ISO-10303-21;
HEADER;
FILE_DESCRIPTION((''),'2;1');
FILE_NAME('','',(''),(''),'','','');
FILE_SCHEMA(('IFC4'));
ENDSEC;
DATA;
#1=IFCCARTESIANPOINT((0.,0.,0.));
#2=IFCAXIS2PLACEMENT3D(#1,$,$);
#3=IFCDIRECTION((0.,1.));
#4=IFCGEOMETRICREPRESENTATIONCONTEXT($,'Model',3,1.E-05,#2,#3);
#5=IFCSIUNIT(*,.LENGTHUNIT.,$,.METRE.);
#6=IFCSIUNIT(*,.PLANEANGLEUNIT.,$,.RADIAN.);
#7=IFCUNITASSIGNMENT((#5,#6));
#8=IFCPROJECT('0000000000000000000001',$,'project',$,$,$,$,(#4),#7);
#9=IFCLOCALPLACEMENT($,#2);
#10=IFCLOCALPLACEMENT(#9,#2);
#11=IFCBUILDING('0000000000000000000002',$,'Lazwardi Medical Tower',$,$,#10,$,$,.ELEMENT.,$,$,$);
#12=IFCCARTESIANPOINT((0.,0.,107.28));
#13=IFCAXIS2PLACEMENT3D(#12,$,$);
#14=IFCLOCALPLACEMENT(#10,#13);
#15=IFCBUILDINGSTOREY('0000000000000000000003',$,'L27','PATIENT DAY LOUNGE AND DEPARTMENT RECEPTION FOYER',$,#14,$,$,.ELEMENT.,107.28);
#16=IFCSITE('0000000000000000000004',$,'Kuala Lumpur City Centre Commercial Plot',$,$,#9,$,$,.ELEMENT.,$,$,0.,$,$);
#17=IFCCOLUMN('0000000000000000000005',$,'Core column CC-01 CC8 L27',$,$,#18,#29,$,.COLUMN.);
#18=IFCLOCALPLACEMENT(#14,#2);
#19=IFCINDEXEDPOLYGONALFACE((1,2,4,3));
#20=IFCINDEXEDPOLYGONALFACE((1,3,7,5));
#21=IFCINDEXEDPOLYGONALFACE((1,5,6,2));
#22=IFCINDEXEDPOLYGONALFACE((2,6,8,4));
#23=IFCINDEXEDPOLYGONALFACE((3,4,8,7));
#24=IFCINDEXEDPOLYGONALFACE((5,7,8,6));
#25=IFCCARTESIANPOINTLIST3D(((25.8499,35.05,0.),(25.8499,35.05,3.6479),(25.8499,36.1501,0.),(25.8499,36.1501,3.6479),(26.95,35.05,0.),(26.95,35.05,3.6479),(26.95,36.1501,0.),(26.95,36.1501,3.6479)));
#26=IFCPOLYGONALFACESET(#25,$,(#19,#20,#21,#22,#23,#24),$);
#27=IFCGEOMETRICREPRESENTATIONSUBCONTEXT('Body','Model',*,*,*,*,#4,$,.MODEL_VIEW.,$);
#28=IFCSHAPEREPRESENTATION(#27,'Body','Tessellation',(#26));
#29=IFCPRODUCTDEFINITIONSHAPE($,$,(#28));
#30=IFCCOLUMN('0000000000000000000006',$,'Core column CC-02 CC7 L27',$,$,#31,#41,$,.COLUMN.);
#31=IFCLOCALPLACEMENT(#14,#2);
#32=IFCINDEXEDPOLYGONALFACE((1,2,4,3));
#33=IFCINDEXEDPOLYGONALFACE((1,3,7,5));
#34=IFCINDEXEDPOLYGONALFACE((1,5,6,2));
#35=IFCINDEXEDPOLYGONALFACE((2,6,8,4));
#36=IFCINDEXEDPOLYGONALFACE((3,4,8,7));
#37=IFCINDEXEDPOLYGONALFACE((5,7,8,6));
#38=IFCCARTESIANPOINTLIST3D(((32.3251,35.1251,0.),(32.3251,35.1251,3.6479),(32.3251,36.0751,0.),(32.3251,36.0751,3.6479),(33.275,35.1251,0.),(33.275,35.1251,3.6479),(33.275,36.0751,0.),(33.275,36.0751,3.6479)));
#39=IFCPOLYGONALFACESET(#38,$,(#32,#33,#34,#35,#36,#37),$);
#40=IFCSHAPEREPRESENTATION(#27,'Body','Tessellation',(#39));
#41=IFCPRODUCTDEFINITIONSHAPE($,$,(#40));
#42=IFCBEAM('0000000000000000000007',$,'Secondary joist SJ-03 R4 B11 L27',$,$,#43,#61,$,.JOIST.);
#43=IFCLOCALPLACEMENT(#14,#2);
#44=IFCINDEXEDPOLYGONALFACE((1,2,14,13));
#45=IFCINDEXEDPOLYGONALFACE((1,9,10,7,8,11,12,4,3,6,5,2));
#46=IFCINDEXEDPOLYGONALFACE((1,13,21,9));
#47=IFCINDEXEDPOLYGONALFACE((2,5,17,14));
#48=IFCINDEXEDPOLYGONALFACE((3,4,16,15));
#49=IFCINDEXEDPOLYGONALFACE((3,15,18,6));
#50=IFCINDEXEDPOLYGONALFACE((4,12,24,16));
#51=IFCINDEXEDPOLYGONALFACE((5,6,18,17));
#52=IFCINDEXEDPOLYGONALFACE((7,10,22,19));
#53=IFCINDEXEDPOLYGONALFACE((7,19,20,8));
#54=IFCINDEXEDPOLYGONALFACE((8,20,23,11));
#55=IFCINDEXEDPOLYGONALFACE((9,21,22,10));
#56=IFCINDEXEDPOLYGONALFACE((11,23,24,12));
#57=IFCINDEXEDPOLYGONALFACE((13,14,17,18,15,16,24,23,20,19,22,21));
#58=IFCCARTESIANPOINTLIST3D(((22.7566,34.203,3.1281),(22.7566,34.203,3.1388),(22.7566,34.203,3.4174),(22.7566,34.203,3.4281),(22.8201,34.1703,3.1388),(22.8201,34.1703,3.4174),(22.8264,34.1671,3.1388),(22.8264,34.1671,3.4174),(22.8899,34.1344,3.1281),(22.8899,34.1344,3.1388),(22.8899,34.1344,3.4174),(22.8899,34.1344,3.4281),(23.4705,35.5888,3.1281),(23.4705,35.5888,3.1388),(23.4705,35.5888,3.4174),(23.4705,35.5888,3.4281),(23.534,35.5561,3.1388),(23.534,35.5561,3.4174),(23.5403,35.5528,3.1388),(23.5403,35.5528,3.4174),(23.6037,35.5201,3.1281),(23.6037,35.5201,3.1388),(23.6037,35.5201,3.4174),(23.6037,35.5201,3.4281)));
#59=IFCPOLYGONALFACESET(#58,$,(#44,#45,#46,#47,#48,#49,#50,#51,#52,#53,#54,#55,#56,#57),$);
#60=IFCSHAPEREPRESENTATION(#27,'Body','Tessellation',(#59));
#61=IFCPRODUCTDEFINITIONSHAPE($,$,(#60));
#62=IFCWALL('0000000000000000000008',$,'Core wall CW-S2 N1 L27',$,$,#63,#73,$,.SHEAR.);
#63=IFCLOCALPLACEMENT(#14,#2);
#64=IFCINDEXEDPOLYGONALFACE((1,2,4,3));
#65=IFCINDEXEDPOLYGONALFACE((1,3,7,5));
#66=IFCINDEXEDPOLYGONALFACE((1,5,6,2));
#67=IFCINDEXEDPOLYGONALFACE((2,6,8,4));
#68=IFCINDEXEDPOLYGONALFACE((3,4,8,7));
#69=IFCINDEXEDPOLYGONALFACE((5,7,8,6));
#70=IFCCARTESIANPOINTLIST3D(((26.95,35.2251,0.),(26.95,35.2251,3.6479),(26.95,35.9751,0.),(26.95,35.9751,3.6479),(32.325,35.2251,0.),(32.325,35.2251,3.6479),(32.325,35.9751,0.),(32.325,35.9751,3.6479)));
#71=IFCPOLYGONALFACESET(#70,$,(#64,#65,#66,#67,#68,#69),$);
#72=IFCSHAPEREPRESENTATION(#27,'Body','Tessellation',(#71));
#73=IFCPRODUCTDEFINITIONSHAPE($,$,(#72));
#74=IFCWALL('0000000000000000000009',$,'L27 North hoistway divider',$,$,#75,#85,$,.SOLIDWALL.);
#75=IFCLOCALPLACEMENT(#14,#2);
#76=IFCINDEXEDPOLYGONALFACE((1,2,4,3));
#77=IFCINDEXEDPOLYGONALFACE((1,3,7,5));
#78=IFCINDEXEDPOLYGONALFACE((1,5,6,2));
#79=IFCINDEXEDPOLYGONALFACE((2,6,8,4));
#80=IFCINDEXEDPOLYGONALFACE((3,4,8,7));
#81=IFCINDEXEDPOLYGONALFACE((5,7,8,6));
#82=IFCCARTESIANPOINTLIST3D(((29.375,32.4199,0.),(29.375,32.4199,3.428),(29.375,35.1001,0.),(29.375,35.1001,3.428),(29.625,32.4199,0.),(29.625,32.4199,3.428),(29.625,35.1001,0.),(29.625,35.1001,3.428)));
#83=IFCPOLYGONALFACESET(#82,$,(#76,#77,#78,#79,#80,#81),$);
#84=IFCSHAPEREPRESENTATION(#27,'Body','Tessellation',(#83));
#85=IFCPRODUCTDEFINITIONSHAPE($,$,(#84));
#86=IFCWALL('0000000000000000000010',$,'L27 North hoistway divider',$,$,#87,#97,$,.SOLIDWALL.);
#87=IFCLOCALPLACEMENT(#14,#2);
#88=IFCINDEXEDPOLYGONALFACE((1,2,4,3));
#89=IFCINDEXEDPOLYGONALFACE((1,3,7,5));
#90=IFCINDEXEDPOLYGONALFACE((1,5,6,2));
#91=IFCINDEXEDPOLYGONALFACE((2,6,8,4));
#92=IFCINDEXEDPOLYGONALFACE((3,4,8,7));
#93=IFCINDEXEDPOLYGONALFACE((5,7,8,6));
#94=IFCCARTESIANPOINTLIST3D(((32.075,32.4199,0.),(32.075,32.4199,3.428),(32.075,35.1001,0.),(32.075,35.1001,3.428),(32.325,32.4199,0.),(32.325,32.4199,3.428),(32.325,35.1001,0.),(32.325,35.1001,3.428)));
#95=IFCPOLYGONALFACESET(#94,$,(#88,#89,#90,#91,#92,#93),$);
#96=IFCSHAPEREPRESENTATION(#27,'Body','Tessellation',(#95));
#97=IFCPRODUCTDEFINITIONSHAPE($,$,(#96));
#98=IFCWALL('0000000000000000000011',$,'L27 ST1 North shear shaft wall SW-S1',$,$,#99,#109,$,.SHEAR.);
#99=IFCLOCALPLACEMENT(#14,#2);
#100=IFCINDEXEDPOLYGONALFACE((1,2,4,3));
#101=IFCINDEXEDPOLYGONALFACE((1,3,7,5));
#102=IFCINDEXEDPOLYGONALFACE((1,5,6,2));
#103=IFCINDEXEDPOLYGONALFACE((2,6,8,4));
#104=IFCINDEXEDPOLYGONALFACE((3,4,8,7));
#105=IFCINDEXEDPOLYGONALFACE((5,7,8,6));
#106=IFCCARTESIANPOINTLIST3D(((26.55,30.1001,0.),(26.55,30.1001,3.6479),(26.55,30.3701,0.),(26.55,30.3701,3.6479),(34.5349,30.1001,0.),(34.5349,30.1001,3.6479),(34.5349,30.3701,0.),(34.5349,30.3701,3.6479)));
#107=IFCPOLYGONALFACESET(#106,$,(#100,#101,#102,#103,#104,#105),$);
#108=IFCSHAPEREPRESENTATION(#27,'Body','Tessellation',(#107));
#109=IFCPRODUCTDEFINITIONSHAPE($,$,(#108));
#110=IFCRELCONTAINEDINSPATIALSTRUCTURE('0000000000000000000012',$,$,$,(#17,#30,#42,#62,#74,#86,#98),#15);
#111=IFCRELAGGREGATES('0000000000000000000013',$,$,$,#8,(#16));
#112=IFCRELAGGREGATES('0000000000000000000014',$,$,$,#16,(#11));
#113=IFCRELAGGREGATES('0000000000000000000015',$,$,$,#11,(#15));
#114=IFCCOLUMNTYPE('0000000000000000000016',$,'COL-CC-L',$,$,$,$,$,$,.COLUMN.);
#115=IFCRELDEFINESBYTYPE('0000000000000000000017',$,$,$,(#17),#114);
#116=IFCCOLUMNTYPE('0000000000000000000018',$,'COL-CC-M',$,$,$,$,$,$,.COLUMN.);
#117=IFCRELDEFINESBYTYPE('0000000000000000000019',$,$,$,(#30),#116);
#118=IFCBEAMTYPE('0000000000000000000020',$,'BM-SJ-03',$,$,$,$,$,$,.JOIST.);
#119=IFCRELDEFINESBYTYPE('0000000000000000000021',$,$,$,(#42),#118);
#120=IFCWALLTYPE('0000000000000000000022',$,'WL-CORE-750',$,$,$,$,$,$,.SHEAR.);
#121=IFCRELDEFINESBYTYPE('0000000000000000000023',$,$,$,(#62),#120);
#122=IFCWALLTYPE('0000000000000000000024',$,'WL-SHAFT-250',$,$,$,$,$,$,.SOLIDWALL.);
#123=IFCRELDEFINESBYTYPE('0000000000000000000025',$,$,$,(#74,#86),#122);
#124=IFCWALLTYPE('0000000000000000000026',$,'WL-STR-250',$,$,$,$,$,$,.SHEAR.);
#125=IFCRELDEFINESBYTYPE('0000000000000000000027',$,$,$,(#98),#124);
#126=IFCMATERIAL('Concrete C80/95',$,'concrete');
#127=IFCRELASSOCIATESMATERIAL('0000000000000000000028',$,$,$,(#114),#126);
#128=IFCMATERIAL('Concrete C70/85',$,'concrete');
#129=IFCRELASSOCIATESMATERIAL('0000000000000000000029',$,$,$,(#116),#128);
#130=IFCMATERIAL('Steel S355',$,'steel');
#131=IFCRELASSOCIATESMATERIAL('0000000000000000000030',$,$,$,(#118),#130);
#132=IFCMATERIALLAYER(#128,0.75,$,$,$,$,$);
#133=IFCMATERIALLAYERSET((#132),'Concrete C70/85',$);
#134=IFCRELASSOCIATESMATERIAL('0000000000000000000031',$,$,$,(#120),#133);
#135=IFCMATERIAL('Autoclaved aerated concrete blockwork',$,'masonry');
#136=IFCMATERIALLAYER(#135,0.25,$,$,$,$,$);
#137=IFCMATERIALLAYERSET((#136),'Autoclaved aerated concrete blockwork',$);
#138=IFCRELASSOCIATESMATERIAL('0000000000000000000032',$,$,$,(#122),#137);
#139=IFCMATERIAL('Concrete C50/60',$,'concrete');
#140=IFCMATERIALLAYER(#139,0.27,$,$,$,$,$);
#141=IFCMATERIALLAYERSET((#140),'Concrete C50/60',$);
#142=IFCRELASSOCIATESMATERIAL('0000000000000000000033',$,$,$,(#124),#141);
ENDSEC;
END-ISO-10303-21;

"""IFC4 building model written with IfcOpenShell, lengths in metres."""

from ifc_helpers import new_model, si_unit, direction, frame, frame_2d, origin, origin_2d, place, context, subcontext, project, spatial, rectangle, i_section, extrude, material, layer, layer_set, material_profile, profile_set, type_object, element, save


model = new_model("IFC4")

# Units and contexts
model_context = context("Model", 3, precision=1e-05, world=origin(), true_north=direction((0.0, 1.0)))
body_context = subcontext(model_context, "Body", "Model", "MODEL_VIEW")
ifc_project = project(units=[si_unit("LENGTHUNIT", "METRE"), si_unit("PLANEANGLEUNIT", "RADIAN")], contexts=[model_context])

# Site, building, storey
site_placement = place(None, origin())
site = spatial("IfcSite", under=ifc_project, at=site_placement, Name="Kuala Lumpur City Centre Commercial Plot", CompositionType="ELEMENT", RefElevation=0.0)
building_placement = place(site_placement, origin())
building = spatial("IfcBuilding", under=site, at=building_placement, Name="Lazwardi Medical Tower", CompositionType="ELEMENT")
storey_placement = place(building_placement, frame((0.0, 0.0, 107.28)))
storey = spatial("IfcBuildingStorey", under=building, at=storey_placement, Name="L27", Description="PATIENT DAY LOUNGE AND DEPARTMENT RECEPTION FOYER", CompositionType="ELEMENT", Elevation=107.28)

# Columns
ifc_material_1 = material(Name="Concrete C80/95", Category="concrete")
ifc_material_profile_1 = material_profile(ifc_material_1, rectangle(XDim=1.1001, YDim=1.1001, at=origin_2d()), Name="RC 1100x1100")
ifc_profile_set_1 = profile_set([ifc_material_profile_1], Name="Concrete C80/95")
column_type_1 = type_object("IfcColumnType", Name="COL-CC-L", PredefinedType="COLUMN", material=ifc_profile_set_1)
column_1_placement = place(storey_placement, frame((26.3999, 35.6001, 0.0), z_axis=(0.0, 0.0, 1.0), x_axis=(1.0, 0.0, 0.0)))
element("IfcColumn", 1, at=column_1_placement, inside=storey, type_object=column_type_1, Name="Core column CC-01 CC8 L27", PredefinedType="COLUMN", context=body_context, shape_type="SweptSolid", body=[
    extrude(rectangle(XDim=1.1001, YDim=1.1001, at=origin_2d()), origin(), (0.0, 0.0, 1.0), 3.6479),
])
ifc_material_2 = material(Name="Concrete C70/85", Category="concrete")
ifc_material_profile_2 = material_profile(ifc_material_2, rectangle(XDim=0.95, YDim=0.95, at=origin_2d()), Name="RC 950x950")
ifc_profile_set_2 = profile_set([ifc_material_profile_2], Name="Concrete C70/85")
column_type_2 = type_object("IfcColumnType", Name="COL-CC-M", PredefinedType="COLUMN", material=ifc_profile_set_2)
column_2_placement = place(storey_placement, frame((32.8, 35.6001, 0.0), z_axis=(0.0, 0.0, 1.0), x_axis=(1.0, 0.0, 0.0)))
element("IfcColumn", 2, at=column_2_placement, inside=storey, type_object=column_type_2, Name="Core column CC-02 CC7 L27", PredefinedType="COLUMN", context=body_context, shape_type="SweptSolid", body=[
    extrude(rectangle(XDim=0.95, YDim=0.95, at=origin_2d()), origin(), (0.0, 0.0, 1.0), 3.6479),
])

# Beam
ifc_material_3 = material(Name="Steel S355", Category="steel")
ifc_material_profile_3 = material_profile(ifc_material_3, i_section(OverallWidth=0.1499, OverallDepth=0.3, WebThickness=0.0071, FlangeThickness=0.0107, at=origin_2d()), Name="IPE 300")
ifc_profile_set_3 = profile_set([ifc_material_profile_3], Name="Steel S355")
beam_type = type_object("IfcBeamType", Name="BM-SJ-03", PredefinedType="JOIST", material=ifc_profile_set_3)
beam_placement = place(storey_placement, frame((23.5371, 35.5544, 3.2781), z_axis=(-0.457957, -0.888975, 0.0), x_axis=(0.888975, -0.457957, 0.0)))
element("IfcBeam", 3, at=beam_placement, inside=storey, type_object=beam_type, Name="Secondary joist SJ-03 R4 B11 L27", PredefinedType="JOIST", context=body_context, shape_type="SweptSolid", body=[
    extrude(i_section(OverallWidth=0.1499, OverallDepth=0.3, WebThickness=0.0071, FlangeThickness=0.0107, at=origin_2d()), origin(), (0.0, 0.0, 1.0), 1.5588),
])

# Walls
ifc_layer_1 = layer(ifc_material_2, 0.75)
ifc_layer_set_1 = layer_set([ifc_layer_1], Name="Concrete C70/85")
wall_type_1 = type_object("IfcWallType", Name="WL-CORE-750", PredefinedType="SHEAR", material=ifc_layer_set_1)
wall_1_placement = place(storey_placement, frame((26.95, 35.6001, 0.0), z_axis=(0.0, 0.0, 1.0), x_axis=(1.0, 0.0, 0.0)))
element("IfcWall", 4, at=wall_1_placement, inside=storey, type_object=wall_type_1, Name="Core wall CW-S2 N1 L27", PredefinedType="SHEAR", context=body_context, shape_type="SweptSolid", body=[
    extrude(rectangle(XDim=5.375, YDim=0.75, at=frame_2d((2.6875, 0.0))), origin(), (0.0, 0.0, 1.0), 3.6479),
])
ifc_material_4 = material(Name="Autoclaved aerated concrete blockwork", Category="masonry")
ifc_layer_2 = layer(ifc_material_4, 0.25)
ifc_layer_set_2 = layer_set([ifc_layer_2], Name="Autoclaved aerated concrete blockwork")
wall_type_2 = type_object("IfcWallType", Name="WL-SHAFT-250", PredefinedType="SOLIDWALL", material=ifc_layer_set_2)
for number, where, z_axis, x_axis, name in (
    (5, (29.5, 32.4199, 0.0), (0.0, 0.0, 1.0), (0.0, 1.0, 0.0), "L27 North hoistway divider"),
    (6, (32.2, 32.4199, 0.0), (0.0, 0.0, 1.0), (0.0, 1.0, 0.0), "L27 North hoistway divider"),
):
    element("IfcWall", number, at=place(storey_placement, frame(where, z_axis=z_axis, x_axis=x_axis)), inside=storey, type_object=wall_type_2, Name=name, PredefinedType="SOLIDWALL", context=body_context, shape_type="SweptSolid", body=[
        extrude(rectangle(XDim=2.6802, YDim=0.25, at=frame_2d((1.3401, 0.0))), origin(), (0.0, 0.0, 1.0), 3.428),
    ])
ifc_material_5 = material(Name="Concrete C50/60", Category="concrete")
ifc_layer_3 = layer(ifc_material_5, 0.27)
ifc_layer_set_3 = layer_set([ifc_layer_3], Name="Concrete C50/60")
wall_type_3 = type_object("IfcWallType", Name="WL-STR-250", PredefinedType="SHEAR", material=ifc_layer_set_3)
wall_2_placement = place(storey_placement, frame((26.55, 30.2351, 0.0), z_axis=(0.0, 0.0, 1.0), x_axis=(1.0, 0.0, 0.0)))
element("IfcWall", 7, at=wall_2_placement, inside=storey, type_object=wall_type_3, Name="L27 ST1 North shear shaft wall SW-S1", PredefinedType="SHEAR", context=body_context, shape_type="SweptSolid", body=[
    extrude(rectangle(XDim=7.9849, YDim=0.27, at=frame_2d((3.9924, 0.0))), origin(), (0.0, 0.0, 1.0), 3.6479),
])

save(model, "model.ifc")
